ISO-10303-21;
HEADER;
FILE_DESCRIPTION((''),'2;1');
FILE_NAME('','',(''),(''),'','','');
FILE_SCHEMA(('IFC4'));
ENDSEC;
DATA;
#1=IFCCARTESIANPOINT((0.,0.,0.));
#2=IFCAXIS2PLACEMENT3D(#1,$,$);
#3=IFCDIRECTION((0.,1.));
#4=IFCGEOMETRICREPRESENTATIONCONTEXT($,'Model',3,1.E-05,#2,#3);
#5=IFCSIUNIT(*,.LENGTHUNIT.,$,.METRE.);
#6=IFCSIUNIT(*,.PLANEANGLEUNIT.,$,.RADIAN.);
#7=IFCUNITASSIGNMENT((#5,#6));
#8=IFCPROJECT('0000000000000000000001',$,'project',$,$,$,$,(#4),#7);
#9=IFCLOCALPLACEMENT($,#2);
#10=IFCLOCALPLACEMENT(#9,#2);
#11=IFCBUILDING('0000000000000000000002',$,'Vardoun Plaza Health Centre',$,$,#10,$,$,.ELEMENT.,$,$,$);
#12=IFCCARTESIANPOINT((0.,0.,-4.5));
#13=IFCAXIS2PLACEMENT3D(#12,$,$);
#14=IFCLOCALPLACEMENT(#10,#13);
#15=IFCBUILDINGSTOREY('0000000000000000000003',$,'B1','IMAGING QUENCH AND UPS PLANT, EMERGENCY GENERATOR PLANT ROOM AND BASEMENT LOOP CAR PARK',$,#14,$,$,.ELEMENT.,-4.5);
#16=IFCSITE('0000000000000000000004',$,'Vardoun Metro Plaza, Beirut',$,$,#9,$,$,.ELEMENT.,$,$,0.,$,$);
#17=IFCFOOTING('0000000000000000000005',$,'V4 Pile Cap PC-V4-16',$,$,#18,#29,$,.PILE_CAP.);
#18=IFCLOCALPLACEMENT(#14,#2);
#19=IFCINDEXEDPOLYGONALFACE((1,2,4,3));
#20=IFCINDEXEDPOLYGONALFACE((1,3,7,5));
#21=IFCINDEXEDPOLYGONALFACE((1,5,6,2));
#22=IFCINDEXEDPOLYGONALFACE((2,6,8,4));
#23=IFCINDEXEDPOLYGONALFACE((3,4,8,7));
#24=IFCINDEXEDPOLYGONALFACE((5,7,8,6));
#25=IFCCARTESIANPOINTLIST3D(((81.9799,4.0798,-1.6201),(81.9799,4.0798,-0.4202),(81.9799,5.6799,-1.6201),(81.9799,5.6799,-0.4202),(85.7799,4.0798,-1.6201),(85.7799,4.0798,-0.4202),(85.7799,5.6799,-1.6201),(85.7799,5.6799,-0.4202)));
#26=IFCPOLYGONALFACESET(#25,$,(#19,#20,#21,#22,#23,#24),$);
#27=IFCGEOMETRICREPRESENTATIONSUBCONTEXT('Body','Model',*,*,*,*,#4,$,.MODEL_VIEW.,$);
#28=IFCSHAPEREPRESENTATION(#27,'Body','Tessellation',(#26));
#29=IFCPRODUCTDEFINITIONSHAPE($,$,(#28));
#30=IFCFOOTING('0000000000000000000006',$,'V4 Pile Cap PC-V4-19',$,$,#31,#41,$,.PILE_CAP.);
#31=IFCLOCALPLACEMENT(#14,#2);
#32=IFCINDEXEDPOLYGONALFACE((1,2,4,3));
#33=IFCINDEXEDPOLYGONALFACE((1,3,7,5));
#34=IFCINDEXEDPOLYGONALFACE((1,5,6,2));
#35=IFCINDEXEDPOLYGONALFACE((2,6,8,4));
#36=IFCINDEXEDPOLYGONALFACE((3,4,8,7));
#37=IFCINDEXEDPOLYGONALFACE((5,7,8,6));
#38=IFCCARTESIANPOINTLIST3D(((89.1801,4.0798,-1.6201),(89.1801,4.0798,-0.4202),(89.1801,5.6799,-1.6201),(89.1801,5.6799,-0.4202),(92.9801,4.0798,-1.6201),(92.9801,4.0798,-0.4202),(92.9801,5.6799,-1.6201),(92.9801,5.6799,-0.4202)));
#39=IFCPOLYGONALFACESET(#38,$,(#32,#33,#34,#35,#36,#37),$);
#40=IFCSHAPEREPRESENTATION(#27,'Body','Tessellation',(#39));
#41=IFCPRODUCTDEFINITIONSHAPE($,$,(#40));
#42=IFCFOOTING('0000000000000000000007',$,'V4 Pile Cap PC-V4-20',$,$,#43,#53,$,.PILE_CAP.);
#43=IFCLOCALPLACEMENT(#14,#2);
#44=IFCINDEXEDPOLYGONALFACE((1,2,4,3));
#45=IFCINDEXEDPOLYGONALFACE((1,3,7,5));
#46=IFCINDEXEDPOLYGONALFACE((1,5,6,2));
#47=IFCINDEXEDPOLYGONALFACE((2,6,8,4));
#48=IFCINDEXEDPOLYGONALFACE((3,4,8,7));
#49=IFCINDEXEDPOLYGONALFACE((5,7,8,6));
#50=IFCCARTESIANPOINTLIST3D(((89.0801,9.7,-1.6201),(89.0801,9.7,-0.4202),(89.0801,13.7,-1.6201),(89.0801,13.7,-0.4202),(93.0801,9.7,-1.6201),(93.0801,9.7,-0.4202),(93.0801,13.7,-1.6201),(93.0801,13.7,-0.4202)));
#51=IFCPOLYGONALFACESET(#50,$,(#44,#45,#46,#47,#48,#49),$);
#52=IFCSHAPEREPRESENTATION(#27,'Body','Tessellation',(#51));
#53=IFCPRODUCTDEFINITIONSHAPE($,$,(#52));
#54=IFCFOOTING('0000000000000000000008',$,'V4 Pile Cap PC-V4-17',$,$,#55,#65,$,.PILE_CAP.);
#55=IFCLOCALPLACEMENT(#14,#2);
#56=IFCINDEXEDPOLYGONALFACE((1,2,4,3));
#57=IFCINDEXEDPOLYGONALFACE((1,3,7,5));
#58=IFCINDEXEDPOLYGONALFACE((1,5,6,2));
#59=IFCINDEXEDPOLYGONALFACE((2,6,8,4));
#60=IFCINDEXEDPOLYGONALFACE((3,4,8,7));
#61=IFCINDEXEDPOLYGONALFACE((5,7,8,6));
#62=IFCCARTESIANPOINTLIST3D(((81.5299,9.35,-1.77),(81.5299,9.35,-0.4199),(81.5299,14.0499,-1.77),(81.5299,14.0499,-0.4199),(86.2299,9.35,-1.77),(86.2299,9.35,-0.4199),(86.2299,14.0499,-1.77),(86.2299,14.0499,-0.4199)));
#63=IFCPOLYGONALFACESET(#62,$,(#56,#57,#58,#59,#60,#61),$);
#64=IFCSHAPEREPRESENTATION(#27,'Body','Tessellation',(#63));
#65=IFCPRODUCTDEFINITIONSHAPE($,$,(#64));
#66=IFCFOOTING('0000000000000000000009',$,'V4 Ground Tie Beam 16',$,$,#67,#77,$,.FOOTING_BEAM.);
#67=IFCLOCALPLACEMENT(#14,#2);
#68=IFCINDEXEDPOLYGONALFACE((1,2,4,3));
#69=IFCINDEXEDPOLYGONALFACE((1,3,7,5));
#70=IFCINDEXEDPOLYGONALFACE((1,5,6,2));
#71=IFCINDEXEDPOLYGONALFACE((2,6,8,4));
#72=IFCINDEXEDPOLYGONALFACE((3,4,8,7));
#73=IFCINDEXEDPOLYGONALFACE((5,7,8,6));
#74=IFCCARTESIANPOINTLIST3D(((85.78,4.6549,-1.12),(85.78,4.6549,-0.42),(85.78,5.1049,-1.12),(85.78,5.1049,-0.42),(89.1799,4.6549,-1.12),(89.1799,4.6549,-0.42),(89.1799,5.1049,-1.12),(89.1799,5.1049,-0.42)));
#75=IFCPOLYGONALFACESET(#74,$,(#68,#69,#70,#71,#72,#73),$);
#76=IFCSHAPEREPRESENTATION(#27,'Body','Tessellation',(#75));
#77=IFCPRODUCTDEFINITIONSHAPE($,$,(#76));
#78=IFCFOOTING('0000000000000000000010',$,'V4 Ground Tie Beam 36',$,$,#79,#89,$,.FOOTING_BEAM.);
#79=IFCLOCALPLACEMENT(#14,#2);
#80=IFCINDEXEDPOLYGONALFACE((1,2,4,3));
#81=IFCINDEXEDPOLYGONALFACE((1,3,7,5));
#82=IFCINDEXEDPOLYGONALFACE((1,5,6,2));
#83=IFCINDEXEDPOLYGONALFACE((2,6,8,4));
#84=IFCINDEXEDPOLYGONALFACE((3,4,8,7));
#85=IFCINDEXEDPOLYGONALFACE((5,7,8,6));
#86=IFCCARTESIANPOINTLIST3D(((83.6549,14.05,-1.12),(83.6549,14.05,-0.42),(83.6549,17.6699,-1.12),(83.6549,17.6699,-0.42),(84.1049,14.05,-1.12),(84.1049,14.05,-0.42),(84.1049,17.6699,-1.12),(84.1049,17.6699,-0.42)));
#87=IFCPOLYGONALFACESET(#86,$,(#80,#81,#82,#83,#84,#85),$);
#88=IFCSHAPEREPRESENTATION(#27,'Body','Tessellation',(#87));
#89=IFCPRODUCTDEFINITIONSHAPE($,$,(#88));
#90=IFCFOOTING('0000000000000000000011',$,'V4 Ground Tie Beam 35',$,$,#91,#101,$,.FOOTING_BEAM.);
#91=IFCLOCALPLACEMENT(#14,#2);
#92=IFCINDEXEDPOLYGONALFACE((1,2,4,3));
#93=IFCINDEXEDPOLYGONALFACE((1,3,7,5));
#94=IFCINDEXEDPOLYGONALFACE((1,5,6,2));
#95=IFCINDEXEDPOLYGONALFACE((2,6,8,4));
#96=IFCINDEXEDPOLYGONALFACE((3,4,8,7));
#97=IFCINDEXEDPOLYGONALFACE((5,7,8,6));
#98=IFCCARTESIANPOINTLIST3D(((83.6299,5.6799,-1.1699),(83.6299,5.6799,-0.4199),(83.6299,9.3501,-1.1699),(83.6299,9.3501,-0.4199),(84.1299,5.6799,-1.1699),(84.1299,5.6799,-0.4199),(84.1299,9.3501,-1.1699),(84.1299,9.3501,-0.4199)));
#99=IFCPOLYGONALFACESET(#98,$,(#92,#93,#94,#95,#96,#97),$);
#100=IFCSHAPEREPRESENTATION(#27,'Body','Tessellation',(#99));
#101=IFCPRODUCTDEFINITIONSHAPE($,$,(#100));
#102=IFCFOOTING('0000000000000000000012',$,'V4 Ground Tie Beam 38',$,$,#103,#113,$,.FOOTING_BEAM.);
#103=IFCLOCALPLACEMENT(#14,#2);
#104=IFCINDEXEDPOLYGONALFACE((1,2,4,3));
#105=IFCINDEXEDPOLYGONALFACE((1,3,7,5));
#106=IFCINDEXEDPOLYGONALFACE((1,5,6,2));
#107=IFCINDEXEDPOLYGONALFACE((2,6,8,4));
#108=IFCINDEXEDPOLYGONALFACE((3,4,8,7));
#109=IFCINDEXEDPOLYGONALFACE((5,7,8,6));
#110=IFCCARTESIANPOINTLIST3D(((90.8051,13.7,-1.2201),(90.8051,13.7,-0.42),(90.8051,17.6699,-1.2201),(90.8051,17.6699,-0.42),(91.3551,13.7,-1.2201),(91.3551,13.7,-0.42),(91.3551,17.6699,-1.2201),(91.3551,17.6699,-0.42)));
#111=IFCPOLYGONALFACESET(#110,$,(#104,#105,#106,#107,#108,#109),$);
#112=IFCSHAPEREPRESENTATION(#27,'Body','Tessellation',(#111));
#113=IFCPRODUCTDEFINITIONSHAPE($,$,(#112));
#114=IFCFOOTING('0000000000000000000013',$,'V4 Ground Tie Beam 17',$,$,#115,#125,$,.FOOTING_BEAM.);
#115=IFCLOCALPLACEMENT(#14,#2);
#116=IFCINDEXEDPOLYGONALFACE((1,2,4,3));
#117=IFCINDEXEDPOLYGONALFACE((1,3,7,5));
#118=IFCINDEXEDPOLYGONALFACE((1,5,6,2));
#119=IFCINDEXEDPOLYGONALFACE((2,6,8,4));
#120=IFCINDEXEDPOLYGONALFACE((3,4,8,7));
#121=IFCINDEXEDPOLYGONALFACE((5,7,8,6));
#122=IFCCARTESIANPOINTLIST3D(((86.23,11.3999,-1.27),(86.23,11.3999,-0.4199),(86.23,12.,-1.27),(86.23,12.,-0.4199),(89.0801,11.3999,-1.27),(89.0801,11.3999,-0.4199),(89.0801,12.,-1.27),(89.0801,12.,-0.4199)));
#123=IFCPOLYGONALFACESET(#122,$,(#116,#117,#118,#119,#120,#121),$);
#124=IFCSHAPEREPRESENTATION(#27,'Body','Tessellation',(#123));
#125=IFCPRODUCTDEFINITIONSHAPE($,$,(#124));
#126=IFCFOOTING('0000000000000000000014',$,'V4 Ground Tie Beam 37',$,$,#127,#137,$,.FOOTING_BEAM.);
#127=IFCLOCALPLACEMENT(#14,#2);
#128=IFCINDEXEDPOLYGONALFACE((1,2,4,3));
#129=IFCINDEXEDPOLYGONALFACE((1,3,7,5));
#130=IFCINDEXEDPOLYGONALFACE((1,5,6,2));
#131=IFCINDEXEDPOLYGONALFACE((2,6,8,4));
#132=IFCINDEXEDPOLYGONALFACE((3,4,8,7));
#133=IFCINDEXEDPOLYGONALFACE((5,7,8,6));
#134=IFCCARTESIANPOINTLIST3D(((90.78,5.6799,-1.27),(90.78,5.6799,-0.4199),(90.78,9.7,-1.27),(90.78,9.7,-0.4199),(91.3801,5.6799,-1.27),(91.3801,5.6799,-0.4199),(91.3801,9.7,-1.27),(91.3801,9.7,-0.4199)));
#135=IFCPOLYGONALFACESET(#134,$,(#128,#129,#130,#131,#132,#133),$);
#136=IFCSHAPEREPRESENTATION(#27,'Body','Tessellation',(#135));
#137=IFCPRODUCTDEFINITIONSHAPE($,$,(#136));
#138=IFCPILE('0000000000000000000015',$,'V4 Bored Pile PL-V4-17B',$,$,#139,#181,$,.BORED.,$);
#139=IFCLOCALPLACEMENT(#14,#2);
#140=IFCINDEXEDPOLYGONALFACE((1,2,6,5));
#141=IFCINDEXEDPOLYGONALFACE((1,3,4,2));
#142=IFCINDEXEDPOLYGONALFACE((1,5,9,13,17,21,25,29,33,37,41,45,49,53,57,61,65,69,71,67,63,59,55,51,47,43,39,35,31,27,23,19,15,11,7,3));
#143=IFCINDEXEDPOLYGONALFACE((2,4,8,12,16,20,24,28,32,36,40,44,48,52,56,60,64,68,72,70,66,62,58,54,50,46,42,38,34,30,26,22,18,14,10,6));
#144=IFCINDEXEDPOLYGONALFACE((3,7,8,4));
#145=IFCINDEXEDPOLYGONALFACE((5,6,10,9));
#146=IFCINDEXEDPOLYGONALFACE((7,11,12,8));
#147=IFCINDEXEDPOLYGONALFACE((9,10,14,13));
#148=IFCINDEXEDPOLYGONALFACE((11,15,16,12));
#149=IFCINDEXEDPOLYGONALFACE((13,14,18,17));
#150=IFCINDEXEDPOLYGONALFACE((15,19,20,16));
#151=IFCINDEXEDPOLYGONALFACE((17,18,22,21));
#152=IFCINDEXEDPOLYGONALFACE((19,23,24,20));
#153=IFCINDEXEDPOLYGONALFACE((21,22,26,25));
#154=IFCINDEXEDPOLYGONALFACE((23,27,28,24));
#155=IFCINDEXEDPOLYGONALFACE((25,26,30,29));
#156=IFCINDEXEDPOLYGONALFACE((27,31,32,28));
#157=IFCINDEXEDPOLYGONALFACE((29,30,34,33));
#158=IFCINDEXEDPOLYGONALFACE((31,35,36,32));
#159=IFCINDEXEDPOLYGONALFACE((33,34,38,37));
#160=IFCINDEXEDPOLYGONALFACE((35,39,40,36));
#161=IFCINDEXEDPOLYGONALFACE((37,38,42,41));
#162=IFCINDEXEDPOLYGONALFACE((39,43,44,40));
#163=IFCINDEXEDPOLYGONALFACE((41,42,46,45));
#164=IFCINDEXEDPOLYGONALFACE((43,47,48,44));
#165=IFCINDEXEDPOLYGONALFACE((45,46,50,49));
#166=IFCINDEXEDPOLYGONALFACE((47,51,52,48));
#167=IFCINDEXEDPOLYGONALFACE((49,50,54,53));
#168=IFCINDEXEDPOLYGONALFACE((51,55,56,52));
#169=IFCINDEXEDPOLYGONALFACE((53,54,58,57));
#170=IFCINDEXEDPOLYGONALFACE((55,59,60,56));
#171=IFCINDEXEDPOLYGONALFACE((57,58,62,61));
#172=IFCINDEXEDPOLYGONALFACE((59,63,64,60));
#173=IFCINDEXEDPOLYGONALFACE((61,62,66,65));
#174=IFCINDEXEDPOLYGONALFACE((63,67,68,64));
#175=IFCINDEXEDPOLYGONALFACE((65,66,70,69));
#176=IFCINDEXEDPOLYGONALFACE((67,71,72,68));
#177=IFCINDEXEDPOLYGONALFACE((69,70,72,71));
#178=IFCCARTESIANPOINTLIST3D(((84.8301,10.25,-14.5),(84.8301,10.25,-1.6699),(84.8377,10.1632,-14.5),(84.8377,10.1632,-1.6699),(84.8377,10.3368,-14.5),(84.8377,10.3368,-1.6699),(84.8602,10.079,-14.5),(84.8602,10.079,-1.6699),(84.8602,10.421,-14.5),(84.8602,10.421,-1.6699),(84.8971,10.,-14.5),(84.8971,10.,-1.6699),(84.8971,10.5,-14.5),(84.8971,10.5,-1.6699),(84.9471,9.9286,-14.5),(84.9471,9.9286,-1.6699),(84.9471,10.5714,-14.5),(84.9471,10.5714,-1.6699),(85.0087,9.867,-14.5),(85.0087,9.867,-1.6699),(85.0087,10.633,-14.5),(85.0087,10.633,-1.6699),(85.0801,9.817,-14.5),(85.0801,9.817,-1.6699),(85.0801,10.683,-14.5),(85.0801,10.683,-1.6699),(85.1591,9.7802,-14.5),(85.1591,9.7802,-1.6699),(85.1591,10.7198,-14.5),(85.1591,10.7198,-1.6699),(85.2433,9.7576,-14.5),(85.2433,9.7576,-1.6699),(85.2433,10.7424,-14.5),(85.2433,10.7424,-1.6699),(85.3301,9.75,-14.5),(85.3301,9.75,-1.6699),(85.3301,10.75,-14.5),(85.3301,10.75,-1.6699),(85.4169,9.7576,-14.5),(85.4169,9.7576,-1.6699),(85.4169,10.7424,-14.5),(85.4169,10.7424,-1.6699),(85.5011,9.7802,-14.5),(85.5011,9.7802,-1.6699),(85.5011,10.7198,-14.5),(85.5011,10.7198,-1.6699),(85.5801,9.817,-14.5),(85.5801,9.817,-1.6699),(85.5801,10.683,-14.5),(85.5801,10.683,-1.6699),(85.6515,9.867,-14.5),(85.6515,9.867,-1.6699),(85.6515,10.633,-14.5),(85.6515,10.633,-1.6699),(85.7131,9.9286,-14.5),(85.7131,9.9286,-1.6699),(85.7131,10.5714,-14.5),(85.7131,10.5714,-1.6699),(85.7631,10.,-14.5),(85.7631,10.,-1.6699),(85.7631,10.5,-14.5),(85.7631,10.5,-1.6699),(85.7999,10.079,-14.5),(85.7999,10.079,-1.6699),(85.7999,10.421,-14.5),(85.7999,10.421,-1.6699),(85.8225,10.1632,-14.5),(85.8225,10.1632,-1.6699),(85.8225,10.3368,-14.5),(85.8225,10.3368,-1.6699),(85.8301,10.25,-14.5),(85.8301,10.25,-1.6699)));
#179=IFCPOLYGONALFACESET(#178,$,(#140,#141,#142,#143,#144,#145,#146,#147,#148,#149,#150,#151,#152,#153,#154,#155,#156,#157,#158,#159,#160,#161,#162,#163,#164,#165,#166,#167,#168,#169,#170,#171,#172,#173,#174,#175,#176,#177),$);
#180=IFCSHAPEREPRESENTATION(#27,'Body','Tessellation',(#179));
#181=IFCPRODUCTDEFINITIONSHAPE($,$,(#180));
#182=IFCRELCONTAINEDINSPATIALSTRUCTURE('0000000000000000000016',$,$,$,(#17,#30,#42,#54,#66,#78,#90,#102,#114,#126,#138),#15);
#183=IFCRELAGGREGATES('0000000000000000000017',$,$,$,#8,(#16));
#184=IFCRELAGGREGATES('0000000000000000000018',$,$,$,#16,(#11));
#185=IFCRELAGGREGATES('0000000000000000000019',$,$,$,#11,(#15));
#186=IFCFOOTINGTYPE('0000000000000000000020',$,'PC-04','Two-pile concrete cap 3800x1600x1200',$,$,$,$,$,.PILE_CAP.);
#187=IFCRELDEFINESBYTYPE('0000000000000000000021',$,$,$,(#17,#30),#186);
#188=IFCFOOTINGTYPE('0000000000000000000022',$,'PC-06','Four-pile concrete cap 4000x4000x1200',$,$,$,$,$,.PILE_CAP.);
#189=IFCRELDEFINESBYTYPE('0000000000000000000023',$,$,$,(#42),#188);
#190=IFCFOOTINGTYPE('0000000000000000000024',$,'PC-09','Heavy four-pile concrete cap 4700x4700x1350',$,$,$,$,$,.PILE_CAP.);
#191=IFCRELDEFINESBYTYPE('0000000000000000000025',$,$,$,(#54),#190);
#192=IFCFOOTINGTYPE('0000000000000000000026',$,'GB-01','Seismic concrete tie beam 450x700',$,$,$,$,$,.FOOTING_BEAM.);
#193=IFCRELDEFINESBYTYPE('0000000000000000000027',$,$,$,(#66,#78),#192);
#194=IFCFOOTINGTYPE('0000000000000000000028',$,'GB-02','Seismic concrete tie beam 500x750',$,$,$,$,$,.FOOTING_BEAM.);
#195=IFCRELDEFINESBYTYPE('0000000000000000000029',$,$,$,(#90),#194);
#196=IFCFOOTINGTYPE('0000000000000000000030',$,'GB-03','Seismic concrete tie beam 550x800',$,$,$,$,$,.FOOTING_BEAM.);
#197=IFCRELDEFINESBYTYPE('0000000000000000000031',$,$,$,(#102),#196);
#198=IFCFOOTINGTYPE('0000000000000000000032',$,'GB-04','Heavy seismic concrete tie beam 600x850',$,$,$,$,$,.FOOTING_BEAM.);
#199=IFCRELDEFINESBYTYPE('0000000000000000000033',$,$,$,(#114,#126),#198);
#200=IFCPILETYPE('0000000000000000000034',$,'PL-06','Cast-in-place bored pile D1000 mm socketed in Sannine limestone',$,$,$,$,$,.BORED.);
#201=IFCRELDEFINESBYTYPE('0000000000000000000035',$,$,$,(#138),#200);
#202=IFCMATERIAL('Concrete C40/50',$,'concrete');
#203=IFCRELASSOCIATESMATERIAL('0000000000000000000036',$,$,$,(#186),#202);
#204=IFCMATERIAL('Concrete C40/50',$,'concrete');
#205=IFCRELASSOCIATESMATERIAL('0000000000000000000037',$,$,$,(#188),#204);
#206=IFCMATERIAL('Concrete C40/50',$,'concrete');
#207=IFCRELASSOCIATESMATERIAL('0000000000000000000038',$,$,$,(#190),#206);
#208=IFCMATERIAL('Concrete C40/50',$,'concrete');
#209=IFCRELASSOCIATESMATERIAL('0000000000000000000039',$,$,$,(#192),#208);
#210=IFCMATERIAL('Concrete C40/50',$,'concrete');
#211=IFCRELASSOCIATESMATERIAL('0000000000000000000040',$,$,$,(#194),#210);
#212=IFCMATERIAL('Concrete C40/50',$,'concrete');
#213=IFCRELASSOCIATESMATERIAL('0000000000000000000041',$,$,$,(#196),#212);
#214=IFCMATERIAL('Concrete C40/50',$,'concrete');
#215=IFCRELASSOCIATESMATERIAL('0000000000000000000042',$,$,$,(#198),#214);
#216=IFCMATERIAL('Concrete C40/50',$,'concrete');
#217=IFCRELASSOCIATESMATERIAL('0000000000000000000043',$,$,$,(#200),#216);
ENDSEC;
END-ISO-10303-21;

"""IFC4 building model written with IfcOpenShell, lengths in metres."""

from ifc_helpers import new_model, si_unit, direction, frame, origin, origin_2d, place, context, subcontext, project, spatial, rectangle, circle, extrude, material, material_profile, profile_set, type_object, element, save


model = new_model("IFC4")

# Units and contexts
model_context = context("Model", 3, precision=1e-05, world=origin(), true_north=direction((0.0, 1.0)))
body_context = subcontext(model_context, "Body", "Model", "MODEL_VIEW")
ifc_project = project(units=[si_unit("LENGTHUNIT", "METRE"), si_unit("PLANEANGLEUNIT", "RADIAN")], contexts=[model_context])

# Site, building, storey
site_placement = place(None, origin())
site = spatial("IfcSite", under=ifc_project, at=site_placement, Name="Vardoun Metro Plaza, Beirut", CompositionType="ELEMENT", RefElevation=0.0)
building_placement = place(site_placement, origin())
building = spatial("IfcBuilding", under=site, at=building_placement, Name="Vardoun Plaza Health Centre", CompositionType="ELEMENT")
storey_placement = place(building_placement, frame((0.0, 0.0, -4.5)))
storey = spatial("IfcBuildingStorey", under=building, at=storey_placement, Name="B1", Description="IMAGING QUENCH AND UPS PLANT, EMERGENCY GENERATOR PLANT ROOM AND BASEMENT LOOP CAR PARK", CompositionType="ELEMENT", Elevation=-4.5)

# Footings
ifc_material_1 = material(Name="Concrete C40/50", Category="concrete")
footing_type_1 = type_object("IfcFootingType", Name="PC-04", Description="Two-pile concrete cap 3800x1600x1200", PredefinedType="PILE_CAP", material=ifc_material_1)
for number, where, z_axis, x_axis, name in (
    (1, (83.8799, 4.8799, -1.6201), (0.0, 0.0, 1.0), (1.0, 0.0, 0.0), "V4 Pile Cap PC-V4-16"),
    (2, (91.0801, 4.8799, -1.6201), (0.0, 0.0, 1.0), (1.0, 0.0, 0.0), "V4 Pile Cap PC-V4-19"),
):
    element("IfcFooting", number, at=place(storey_placement, frame(where, z_axis=z_axis, x_axis=x_axis)), inside=storey, type_object=footing_type_1, Name=name, PredefinedType="PILE_CAP", context=body_context, shape_type="SweptSolid", body=[
        extrude(rectangle(XDim=3.8, YDim=1.6001, at=origin_2d()), origin(), (0.0, 0.0, 1.0), 1.2),
    ])
ifc_material_2 = material(Name="Concrete C40/50", Category="concrete")
footing_type_2 = type_object("IfcFootingType", Name="PC-06", Description="Four-pile concrete cap 4000x4000x1200", PredefinedType="PILE_CAP", material=ifc_material_2)
footing_1_placement = place(storey_placement, frame((91.0801, 11.7, -1.6201), z_axis=(0.0, 0.0, 1.0), x_axis=(1.0, 0.0, 0.0)))
element("IfcFooting", 3, at=footing_1_placement, inside=storey, type_object=footing_type_2, Name="V4 Pile Cap PC-V4-20", PredefinedType="PILE_CAP", context=body_context, shape_type="SweptSolid", body=[
    extrude(rectangle(XDim=4.0, YDim=4.0, at=origin_2d()), origin(), (0.0, 0.0, 1.0), 1.2),
])
ifc_material_3 = material(Name="Concrete C40/50", Category="concrete")
footing_type_3 = type_object("IfcFootingType", Name="PC-09", Description="Heavy four-pile concrete cap 4700x4700x1350", PredefinedType="PILE_CAP", material=ifc_material_3)
footing_2_placement = place(storey_placement, frame((83.8799, 11.7, -1.77), z_axis=(0.0, 0.0, 1.0), x_axis=(1.0, 0.0, 0.0)))
element("IfcFooting", 4, at=footing_2_placement, inside=storey, type_object=footing_type_3, Name="V4 Pile Cap PC-V4-17", PredefinedType="PILE_CAP", context=body_context, shape_type="SweptSolid", body=[
    extrude(rectangle(XDim=4.7, YDim=4.7, at=origin_2d()), origin(), (0.0, 0.0, 1.0), 1.3501),
])
ifc_material_4 = material(Name="Concrete C40/50", Category="concrete")
ifc_material_profile_1 = material_profile(ifc_material_4, rectangle(XDim=0.45, YDim=0.7, at=origin_2d()), Name="GB 450x700")
ifc_profile_set_1 = profile_set([ifc_material_profile_1], Name="Concrete C40/50")
footing_type_4 = type_object("IfcFootingType", Name="GB-01", Description="Seismic concrete tie beam 450x700", PredefinedType="FOOTING_BEAM", material=ifc_profile_set_1)
footing_3_placement = place(storey_placement, frame((85.78, 4.8799, -0.77), z_axis=(1.0, 0.0, 0.0), x_axis=(0.0, 1.0, 0.0)))
element("IfcFooting", 5, at=footing_3_placement, inside=storey, type_object=footing_type_4, Name="V4 Ground Tie Beam 16", PredefinedType="FOOTING_BEAM", context=body_context, shape_type="SweptSolid", body=[
    extrude(rectangle(XDim=0.45, YDim=0.7, at=origin_2d()), origin(), (0.0, 0.0, 1.0), 3.3999),
])
footing_4_placement = place(storey_placement, frame((83.8799, 14.05, -0.77), z_axis=(0.0, 1.0, 0.0), x_axis=(-1.0, 0.0, 0.0)))
element("IfcFooting", 6, at=footing_4_placement, inside=storey, type_object=footing_type_4, Name="V4 Ground Tie Beam 36", PredefinedType="FOOTING_BEAM", context=body_context, shape_type="SweptSolid", body=[
    extrude(rectangle(XDim=0.45, YDim=0.7, at=origin_2d()), origin(), (0.0, 0.0, 1.0), 3.6199),
])
ifc_material_5 = material(Name="Concrete C40/50", Category="concrete")
ifc_material_profile_2 = material_profile(ifc_material_5, rectangle(XDim=0.5, YDim=0.75, at=origin_2d()), Name="GB 500x750")
ifc_profile_set_2 = profile_set([ifc_material_profile_2], Name="Concrete C40/50")
footing_type_5 = type_object("IfcFootingType", Name="GB-02", Description="Seismic concrete tie beam 500x750", PredefinedType="FOOTING_BEAM", material=ifc_profile_set_2)
footing_5_placement = place(storey_placement, frame((83.8799, 5.6799, -0.7949), z_axis=(0.0, 1.0, 0.0), x_axis=(-1.0, 0.0, 0.0)))
element("IfcFooting", 7, at=footing_5_placement, inside=storey, type_object=footing_type_5, Name="V4 Ground Tie Beam 35", PredefinedType="FOOTING_BEAM", context=body_context, shape_type="SweptSolid", body=[
    extrude(rectangle(XDim=0.5, YDim=0.75, at=origin_2d()), origin(), (0.0, 0.0, 1.0), 3.6702),
])
ifc_material_6 = material(Name="Concrete C40/50", Category="concrete")
ifc_material_profile_3 = material_profile(ifc_material_6, rectangle(XDim=0.55, YDim=0.8, at=origin_2d()), Name="GB 550x800")
ifc_profile_set_3 = profile_set([ifc_material_profile_3], Name="Concrete C40/50")
footing_type_6 = type_object("IfcFootingType", Name="GB-03", Description="Seismic concrete tie beam 550x800", PredefinedType="FOOTING_BEAM", material=ifc_profile_set_3)
footing_6_placement = place(storey_placement, frame((91.0801, 13.7, -0.8201), z_axis=(0.0, 1.0, 0.0), x_axis=(-1.0, 0.0, 0.0)))
element("IfcFooting", 8, at=footing_6_placement, inside=storey, type_object=footing_type_6, Name="V4 Ground Tie Beam 38", PredefinedType="FOOTING_BEAM", context=body_context, shape_type="SweptSolid", body=[
    extrude(rectangle(XDim=0.55, YDim=0.8, at=origin_2d()), origin(), (0.0, 0.0, 1.0), 3.97),
])
ifc_material_7 = material(Name="Concrete C40/50", Category="concrete")
ifc_material_profile_4 = material_profile(ifc_material_7, rectangle(XDim=0.6001, YDim=0.8501, at=origin_2d()), Name="GB 600x850")
ifc_profile_set_4 = profile_set([ifc_material_profile_4], Name="Concrete C40/50")
footing_type_7 = type_object("IfcFootingType", Name="GB-04", Description="Heavy seismic concrete tie beam 600x850", PredefinedType="FOOTING_BEAM", material=ifc_profile_set_4)
footing_7_placement = place(storey_placement, frame((86.23, 11.7, -0.845), z_axis=(1.0, 0.0, 0.0), x_axis=(0.0, 1.0, 0.0)))
element("IfcFooting", 9, at=footing_7_placement, inside=storey, type_object=footing_type_7, Name="V4 Ground Tie Beam 17", PredefinedType="FOOTING_BEAM", context=body_context, shape_type="SweptSolid", body=[
    extrude(rectangle(XDim=0.6001, YDim=0.8501, at=origin_2d()), origin(), (0.0, 0.0, 1.0), 2.8501),
])
footing_8_placement = place(storey_placement, frame((91.0801, 5.6799, -0.845), z_axis=(0.0, 1.0, 0.0), x_axis=(-1.0, 0.0, 0.0)))
element("IfcFooting", 10, at=footing_8_placement, inside=storey, type_object=footing_type_7, Name="V4 Ground Tie Beam 37", PredefinedType="FOOTING_BEAM", context=body_context, shape_type="SweptSolid", body=[
    extrude(rectangle(XDim=0.6001, YDim=0.8501, at=origin_2d()), origin(), (0.0, 0.0, 1.0), 4.02),
])

# Pile
ifc_material_8 = material(Name="Concrete C40/50", Category="concrete")
ifc_material_profile_5 = material_profile(ifc_material_8, circle(Radius=0.5, at=origin_2d()), Name="PILE D1000")
ifc_profile_set_5 = profile_set([ifc_material_profile_5], Name="Concrete C40/50")
pile_type_1 = type_object("IfcPileType", Name="PL-06", Description="Cast-in-place bored pile D1000 mm socketed in Sannine limestone", PredefinedType="BORED", material=ifc_profile_set_5)
for number, where, z_axis, x_axis, name in (
    (11, (85.3301, 10.25, -1.6699), (0.0, 0.0, -1.0), (1.0, 0.0, 0.0), "V4 Bored Pile PL-V4-17B"),
):
    element("IfcPile", number, at=place(storey_placement, frame(where, z_axis=z_axis, x_axis=x_axis)), inside=storey, type_object=pile_type_1, Name=name, PredefinedType="BORED", context=body_context, shape_type="SweptSolid", body=[
        extrude(circle(Radius=0.5, at=origin_2d()), origin(), (0.0, 0.0, 1.0), 12.8301),
    ])

save(model, "model.ifc")
